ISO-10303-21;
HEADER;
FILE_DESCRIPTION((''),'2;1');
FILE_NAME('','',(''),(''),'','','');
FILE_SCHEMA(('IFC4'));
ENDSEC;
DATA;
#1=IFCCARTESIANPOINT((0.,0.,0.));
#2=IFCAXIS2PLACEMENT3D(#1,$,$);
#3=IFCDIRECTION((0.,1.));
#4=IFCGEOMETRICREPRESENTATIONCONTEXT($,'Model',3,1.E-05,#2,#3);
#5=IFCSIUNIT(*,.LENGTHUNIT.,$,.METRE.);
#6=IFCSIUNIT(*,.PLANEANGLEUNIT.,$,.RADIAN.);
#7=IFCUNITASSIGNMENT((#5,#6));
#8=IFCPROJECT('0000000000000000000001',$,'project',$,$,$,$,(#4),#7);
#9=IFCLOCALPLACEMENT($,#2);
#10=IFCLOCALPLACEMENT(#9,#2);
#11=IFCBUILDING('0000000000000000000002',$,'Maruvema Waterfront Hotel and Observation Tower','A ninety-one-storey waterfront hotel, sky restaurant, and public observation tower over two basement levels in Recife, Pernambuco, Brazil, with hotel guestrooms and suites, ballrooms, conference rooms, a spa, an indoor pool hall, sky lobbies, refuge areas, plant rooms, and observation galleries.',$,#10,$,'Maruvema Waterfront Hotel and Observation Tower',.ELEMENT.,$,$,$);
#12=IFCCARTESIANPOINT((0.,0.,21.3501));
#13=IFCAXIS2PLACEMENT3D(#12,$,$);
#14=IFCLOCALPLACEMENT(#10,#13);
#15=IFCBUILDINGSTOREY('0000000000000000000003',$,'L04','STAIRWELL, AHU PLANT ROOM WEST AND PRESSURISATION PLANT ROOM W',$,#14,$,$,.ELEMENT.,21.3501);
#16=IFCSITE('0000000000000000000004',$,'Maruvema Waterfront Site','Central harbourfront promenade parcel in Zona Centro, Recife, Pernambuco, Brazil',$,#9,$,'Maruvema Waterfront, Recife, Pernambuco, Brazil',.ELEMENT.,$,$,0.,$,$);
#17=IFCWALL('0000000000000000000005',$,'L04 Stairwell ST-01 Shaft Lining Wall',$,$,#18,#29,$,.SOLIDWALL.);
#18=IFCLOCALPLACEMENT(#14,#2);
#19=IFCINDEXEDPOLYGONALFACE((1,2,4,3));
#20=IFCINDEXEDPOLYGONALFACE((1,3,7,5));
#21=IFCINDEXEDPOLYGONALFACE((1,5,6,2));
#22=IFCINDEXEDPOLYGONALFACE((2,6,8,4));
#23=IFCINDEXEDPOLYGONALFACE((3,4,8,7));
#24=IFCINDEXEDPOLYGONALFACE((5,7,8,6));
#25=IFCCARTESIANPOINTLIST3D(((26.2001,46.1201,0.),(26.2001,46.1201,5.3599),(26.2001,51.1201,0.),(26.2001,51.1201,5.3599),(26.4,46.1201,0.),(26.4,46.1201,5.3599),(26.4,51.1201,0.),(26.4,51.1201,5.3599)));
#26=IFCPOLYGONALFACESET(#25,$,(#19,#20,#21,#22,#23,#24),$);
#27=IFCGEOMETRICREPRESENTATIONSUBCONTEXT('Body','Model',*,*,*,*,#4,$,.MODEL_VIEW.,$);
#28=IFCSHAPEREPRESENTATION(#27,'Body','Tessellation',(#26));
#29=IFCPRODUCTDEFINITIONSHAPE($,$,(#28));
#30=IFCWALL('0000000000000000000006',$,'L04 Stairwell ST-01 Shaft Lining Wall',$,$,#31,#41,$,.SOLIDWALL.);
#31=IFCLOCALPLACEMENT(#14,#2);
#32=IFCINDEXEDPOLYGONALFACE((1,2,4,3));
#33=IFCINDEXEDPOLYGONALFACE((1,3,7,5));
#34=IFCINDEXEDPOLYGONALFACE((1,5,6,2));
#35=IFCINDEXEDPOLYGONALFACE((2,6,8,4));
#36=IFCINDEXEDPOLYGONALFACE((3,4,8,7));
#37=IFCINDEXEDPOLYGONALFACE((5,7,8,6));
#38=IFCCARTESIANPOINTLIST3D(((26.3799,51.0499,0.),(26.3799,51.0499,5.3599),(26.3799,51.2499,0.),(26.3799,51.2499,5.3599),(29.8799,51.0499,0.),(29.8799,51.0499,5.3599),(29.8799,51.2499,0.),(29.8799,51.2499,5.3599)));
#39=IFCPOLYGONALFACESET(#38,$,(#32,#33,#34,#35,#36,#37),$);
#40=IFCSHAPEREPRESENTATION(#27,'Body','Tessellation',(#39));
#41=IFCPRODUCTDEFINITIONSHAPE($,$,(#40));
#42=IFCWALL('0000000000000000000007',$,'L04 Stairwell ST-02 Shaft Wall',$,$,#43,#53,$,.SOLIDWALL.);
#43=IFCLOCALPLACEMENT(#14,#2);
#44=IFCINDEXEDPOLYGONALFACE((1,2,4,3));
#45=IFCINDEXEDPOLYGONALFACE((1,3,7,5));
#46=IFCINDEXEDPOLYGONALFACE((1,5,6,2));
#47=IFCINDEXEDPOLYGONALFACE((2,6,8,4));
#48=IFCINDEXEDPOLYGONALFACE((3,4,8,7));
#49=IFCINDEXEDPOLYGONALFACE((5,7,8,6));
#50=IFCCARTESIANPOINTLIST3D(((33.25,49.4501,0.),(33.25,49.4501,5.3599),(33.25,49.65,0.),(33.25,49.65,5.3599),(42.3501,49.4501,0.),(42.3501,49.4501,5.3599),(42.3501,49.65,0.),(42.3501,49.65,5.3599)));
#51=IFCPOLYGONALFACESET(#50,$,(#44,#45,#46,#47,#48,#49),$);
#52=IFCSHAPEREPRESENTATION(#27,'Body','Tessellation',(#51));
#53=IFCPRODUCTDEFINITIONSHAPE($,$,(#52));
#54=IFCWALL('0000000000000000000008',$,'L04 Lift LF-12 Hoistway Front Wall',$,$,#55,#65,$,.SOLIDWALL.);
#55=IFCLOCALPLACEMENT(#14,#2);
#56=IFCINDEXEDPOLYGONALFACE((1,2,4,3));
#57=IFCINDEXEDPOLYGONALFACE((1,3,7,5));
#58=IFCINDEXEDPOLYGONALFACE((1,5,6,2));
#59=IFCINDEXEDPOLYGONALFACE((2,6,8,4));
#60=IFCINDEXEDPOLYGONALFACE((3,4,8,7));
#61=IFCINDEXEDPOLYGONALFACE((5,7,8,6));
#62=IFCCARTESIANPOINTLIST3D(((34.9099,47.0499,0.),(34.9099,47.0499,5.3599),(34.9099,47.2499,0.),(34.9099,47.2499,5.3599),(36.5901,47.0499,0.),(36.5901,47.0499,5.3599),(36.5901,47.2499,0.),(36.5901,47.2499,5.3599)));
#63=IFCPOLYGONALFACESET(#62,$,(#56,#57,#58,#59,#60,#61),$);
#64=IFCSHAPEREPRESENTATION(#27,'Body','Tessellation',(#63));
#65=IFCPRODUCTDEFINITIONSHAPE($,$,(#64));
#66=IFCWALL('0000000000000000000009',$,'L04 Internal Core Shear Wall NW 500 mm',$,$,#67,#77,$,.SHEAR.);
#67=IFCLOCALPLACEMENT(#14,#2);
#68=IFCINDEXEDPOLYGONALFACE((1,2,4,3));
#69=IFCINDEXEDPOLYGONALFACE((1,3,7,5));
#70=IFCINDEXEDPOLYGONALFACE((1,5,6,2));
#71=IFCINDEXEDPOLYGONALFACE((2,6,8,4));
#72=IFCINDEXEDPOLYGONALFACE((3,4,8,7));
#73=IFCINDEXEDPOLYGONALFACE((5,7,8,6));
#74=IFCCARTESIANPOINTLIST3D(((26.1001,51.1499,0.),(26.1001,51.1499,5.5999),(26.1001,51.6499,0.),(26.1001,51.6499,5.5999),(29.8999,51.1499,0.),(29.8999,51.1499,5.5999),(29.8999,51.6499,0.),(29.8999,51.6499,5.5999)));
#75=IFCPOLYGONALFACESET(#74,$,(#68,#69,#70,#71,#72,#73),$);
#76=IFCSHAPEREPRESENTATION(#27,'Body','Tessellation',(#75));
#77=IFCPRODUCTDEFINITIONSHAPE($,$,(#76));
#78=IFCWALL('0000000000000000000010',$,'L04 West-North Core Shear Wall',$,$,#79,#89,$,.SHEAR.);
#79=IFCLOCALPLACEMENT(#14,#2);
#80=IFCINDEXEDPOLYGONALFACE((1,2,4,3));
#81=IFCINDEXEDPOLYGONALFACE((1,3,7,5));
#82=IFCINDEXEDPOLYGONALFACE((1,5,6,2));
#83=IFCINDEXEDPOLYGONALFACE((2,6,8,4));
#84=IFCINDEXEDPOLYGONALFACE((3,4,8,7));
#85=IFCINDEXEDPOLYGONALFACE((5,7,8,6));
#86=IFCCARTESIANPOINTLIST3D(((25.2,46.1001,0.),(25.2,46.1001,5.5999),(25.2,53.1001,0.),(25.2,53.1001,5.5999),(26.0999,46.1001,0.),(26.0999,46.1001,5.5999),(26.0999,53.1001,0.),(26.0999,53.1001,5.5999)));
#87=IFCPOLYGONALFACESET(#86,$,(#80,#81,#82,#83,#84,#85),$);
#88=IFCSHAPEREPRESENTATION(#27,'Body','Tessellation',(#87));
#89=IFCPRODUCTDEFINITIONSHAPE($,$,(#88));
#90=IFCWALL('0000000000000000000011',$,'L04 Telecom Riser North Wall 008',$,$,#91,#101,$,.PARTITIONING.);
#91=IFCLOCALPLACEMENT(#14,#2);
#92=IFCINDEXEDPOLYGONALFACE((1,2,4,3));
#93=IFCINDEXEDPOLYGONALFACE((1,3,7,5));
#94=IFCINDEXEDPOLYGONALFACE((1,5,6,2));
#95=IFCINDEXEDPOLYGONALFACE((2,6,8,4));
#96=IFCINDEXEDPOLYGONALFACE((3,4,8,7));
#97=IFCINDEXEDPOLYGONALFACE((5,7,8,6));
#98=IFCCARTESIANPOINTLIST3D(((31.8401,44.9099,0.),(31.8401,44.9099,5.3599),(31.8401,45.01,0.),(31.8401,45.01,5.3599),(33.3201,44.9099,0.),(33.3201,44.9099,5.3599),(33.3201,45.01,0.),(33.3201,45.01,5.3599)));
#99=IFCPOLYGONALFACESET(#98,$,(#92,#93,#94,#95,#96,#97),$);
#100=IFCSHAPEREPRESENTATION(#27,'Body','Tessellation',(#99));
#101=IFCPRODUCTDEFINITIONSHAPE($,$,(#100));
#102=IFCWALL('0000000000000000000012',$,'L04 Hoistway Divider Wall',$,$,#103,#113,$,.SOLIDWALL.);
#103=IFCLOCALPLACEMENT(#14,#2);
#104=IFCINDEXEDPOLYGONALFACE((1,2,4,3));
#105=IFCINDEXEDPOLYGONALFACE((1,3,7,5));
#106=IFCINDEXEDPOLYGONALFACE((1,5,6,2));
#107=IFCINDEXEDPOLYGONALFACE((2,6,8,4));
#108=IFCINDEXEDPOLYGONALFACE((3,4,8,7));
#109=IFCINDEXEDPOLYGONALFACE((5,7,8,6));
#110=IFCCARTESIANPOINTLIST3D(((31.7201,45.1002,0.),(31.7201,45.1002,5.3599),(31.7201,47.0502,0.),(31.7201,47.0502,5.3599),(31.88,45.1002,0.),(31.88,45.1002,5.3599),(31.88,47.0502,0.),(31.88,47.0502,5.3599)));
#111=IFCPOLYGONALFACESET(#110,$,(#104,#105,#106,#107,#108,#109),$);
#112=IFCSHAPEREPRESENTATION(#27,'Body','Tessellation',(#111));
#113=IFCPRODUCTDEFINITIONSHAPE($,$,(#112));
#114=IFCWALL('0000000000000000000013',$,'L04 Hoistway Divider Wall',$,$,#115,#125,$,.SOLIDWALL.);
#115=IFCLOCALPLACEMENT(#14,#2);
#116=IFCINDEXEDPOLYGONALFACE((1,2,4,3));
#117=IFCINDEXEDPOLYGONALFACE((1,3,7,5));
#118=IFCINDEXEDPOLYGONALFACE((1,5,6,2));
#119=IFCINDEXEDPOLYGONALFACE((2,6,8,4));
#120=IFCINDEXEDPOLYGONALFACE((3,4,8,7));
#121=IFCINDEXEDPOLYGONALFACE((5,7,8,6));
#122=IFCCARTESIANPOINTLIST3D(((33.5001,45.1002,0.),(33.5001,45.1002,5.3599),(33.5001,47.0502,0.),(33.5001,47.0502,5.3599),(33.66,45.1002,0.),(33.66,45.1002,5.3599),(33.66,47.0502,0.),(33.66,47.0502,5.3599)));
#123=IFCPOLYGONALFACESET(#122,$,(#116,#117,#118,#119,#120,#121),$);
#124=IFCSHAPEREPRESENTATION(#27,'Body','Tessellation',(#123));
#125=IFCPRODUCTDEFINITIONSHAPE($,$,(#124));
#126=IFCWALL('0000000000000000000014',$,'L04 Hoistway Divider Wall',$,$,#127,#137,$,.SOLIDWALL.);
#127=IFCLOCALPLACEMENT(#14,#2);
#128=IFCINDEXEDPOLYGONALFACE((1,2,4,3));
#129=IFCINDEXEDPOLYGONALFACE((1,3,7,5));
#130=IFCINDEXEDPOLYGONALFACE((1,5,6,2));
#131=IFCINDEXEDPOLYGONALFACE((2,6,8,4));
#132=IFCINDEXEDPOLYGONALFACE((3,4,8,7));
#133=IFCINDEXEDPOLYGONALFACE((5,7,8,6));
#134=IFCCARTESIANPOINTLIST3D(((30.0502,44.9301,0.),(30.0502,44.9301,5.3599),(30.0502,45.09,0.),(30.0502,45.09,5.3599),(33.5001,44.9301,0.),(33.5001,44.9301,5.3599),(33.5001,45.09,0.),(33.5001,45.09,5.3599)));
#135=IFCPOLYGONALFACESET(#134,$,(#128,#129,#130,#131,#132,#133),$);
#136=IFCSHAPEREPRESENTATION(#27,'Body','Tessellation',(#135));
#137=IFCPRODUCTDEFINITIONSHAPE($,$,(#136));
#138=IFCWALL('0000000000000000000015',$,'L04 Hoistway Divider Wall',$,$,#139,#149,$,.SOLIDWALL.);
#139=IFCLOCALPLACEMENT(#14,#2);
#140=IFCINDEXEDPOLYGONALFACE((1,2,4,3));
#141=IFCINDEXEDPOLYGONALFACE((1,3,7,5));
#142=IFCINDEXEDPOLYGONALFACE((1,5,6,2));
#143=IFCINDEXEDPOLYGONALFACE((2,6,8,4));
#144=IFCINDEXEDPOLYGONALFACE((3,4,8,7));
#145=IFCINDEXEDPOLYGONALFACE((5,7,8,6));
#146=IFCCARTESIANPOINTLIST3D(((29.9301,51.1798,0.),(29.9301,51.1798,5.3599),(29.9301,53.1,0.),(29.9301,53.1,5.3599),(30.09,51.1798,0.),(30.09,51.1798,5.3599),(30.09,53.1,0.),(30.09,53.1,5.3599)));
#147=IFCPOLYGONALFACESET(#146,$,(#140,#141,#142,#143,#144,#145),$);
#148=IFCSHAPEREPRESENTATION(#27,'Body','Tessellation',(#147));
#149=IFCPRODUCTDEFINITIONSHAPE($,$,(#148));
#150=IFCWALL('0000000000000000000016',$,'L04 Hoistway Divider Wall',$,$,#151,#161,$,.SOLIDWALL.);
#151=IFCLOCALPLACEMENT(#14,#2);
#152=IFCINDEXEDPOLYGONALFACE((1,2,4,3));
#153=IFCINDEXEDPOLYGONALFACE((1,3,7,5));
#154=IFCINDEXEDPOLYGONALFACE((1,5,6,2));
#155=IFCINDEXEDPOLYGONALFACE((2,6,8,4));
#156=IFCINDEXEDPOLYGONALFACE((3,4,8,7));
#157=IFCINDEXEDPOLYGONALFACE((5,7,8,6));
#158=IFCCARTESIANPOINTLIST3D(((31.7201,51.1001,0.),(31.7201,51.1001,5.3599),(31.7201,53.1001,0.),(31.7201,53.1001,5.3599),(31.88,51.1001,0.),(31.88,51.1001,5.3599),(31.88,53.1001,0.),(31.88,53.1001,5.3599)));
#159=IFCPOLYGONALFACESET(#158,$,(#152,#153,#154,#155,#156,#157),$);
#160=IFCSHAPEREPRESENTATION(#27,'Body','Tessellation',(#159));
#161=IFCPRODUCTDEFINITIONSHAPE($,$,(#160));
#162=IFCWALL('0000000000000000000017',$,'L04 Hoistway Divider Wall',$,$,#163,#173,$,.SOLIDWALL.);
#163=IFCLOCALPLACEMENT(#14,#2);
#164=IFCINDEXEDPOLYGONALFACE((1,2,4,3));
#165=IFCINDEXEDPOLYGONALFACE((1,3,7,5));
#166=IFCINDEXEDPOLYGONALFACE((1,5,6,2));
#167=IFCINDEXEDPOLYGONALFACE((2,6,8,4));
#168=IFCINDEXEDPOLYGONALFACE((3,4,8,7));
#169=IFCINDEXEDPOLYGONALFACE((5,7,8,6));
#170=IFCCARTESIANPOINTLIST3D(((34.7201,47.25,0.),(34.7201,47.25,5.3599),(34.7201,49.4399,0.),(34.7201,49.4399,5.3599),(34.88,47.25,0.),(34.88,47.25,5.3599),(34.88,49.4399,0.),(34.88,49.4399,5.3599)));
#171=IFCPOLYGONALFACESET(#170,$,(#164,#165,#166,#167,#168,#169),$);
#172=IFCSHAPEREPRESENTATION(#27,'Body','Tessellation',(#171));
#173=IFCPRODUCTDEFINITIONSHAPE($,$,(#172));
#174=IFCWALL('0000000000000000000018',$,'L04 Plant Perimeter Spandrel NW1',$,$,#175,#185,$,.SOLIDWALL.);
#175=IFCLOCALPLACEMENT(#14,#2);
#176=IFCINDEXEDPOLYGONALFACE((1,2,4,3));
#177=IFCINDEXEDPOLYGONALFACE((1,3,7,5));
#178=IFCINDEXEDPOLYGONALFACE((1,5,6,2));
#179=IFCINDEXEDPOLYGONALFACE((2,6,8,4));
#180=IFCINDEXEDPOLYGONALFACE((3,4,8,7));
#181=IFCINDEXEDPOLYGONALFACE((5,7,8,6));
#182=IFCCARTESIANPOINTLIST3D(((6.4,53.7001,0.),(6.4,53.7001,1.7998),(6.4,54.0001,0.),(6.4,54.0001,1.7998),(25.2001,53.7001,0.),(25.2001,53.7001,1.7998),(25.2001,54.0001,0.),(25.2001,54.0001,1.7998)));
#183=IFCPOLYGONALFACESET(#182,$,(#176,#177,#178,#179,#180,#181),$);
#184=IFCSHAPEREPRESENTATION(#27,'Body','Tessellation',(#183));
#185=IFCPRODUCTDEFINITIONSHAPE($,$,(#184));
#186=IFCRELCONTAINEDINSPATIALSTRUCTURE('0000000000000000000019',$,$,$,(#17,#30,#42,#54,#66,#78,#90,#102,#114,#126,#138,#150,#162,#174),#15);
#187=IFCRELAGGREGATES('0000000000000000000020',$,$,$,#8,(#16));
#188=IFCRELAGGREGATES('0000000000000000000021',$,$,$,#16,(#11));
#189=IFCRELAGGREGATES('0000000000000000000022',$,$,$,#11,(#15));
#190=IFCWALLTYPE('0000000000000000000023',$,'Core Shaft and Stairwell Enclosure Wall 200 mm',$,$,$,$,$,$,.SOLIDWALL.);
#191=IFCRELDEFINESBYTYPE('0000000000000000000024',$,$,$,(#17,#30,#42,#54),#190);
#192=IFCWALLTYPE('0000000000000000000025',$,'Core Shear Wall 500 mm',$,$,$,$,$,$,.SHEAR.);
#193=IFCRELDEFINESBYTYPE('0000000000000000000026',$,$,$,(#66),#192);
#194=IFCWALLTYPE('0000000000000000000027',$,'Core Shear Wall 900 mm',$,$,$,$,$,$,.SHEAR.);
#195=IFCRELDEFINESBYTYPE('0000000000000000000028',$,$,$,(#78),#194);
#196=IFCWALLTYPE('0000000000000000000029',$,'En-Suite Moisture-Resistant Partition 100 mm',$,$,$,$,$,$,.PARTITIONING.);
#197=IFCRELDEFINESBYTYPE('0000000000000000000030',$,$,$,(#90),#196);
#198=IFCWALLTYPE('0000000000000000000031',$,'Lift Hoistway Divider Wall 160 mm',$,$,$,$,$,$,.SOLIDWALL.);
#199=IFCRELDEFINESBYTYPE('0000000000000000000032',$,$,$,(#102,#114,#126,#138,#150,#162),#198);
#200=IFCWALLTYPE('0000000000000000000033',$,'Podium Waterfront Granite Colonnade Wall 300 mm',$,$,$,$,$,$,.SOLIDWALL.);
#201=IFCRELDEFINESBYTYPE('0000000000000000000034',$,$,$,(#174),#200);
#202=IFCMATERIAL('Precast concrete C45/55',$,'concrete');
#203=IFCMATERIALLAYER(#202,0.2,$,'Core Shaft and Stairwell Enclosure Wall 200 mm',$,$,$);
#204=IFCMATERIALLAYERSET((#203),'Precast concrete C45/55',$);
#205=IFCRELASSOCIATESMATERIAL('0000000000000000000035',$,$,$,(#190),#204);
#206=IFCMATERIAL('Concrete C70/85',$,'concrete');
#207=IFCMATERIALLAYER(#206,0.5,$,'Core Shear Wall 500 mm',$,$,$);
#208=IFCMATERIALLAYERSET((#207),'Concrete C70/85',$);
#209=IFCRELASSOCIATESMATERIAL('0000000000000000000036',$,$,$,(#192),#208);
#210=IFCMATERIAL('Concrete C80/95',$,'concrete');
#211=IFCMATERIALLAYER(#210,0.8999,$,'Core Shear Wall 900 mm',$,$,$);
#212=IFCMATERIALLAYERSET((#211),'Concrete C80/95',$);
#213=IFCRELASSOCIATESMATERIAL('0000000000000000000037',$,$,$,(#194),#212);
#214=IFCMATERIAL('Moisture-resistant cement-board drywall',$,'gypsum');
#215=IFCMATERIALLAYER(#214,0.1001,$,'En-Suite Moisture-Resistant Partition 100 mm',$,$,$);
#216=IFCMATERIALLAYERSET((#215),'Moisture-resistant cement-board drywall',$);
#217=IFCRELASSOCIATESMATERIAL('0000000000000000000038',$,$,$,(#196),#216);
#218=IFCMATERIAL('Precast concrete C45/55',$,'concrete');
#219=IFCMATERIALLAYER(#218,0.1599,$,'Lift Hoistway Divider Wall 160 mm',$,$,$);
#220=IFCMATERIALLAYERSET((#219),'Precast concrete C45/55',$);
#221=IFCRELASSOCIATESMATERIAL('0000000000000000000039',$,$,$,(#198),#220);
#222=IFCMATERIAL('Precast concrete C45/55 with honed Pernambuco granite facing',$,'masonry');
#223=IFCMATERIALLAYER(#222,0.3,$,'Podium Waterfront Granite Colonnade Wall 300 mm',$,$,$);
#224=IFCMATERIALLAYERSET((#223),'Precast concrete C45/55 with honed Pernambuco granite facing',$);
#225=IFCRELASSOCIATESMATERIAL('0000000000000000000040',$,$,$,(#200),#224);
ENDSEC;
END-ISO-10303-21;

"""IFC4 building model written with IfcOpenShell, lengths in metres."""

from ifc_helpers import new_model, si_unit, direction, frame, frame_2d, origin, place, context, subcontext, project, spatial, rectangle, extrude, material, layer, layer_set, type_object, element, save


model = new_model("IFC4")

# Units and contexts
model_context = context("Model", 3, precision=1e-05, world=origin(), true_north=direction((0.0, 1.0)))
body_context = subcontext(model_context, "Body", "Model", "MODEL_VIEW")
ifc_project = project(units=[si_unit("LENGTHUNIT", "METRE"), si_unit("PLANEANGLEUNIT", "RADIAN")], contexts=[model_context])

# Site, building, storey
site_placement = place(None, origin())
site = spatial("IfcSite", under=ifc_project, at=site_placement, Name="Maruvema Waterfront Site", Description="Central harbourfront promenade parcel in Zona Centro, Recife, Pernambuco, Brazil", LongName="Maruvema Waterfront, Recife, Pernambuco, Brazil", CompositionType="ELEMENT", RefElevation=0.0)
building_placement = place(site_placement, origin())
building = spatial("IfcBuilding", under=site, at=building_placement, Name="Maruvema Waterfront Hotel and Observation Tower", Description="A ninety-one-storey waterfront hotel, sky restaurant, and public observation tower over two basement levels in Recife, Pernambuco, Brazil, with hotel guestrooms and suites, ballrooms, conference rooms, a spa, an indoor pool hall, sky lobbies, refuge areas, plant rooms, and observation galleries.", LongName="Maruvema Waterfront Hotel and Observation Tower", CompositionType="ELEMENT")
storey_placement = place(building_placement, frame((0.0, 0.0, 21.3501)))
storey = spatial("IfcBuildingStorey", under=building, at=storey_placement, Name="L04", Description="STAIRWELL, AHU PLANT ROOM WEST AND PRESSURISATION PLANT ROOM W", CompositionType="ELEMENT", Elevation=21.3501)

# Walls
ifc_material_1 = material(Name="Precast concrete C45/55", Category="concrete")
ifc_layer_1 = layer(ifc_material_1, 0.2, Name="Core Shaft and Stairwell Enclosure Wall 200 mm")
ifc_layer_set_1 = layer_set([ifc_layer_1], Name="Precast concrete C45/55")
wall_type_1 = type_object("IfcWallType", Name="Core Shaft and Stairwell Enclosure Wall 200 mm", PredefinedType="SOLIDWALL", material=ifc_layer_set_1)
wall_1_placement = place(storey_placement, frame((26.3, 46.1201, 0.0), z_axis=(0.0, 0.0, 1.0), x_axis=(0.0, 1.0, 0.0)))
element("IfcWall", 1, at=wall_1_placement, inside=storey, type_object=wall_type_1, Name="L04 Stairwell ST-01 Shaft Lining Wall", PredefinedType="SOLIDWALL", context=body_context, shape_type="SweptSolid", body=[
    extrude(rectangle(XDim=5.0, YDim=0.2, at=frame_2d((2.5, 0.0))), origin(), (0.0, 0.0, 1.0), 5.3599),
])
wall_2_placement = place(storey_placement, frame((26.3799, 51.1499, 0.0), z_axis=(0.0, 0.0, 1.0), x_axis=(1.0, 0.0, 0.0)))
element("IfcWall", 2, at=wall_2_placement, inside=storey, type_object=wall_type_1, Name="L04 Stairwell ST-01 Shaft Lining Wall", PredefinedType="SOLIDWALL", context=body_context, shape_type="SweptSolid", body=[
    extrude(rectangle(XDim=3.5, YDim=0.2, at=frame_2d((1.75, 0.0))), origin(), (0.0, 0.0, 1.0), 5.3599),
])
wall_3_placement = place(storey_placement, frame((33.25, 49.55, 0.0), z_axis=(0.0, 0.0, 1.0), x_axis=(1.0, 0.0, 0.0)))
element("IfcWall", 3, at=wall_3_placement, inside=storey, type_object=wall_type_1, Name="L04 Stairwell ST-02 Shaft Wall", PredefinedType="SOLIDWALL", context=body_context, shape_type="SweptSolid", body=[
    extrude(rectangle(XDim=9.1001, YDim=0.2, at=frame_2d((4.55, 0.0))), origin(), (0.0, 0.0, 1.0), 5.3599),
])

# Walls
wall_4_placement = place(storey_placement, frame((34.9099, 47.1499, 0.0), z_axis=(0.0, 0.0, 1.0), x_axis=(1.0, 0.0, 0.0)))
element("IfcWall", 4, at=wall_4_placement, inside=storey, type_object=wall_type_1, Name="L04 Lift LF-12 Hoistway Front Wall", PredefinedType="SOLIDWALL", context=body_context, shape_type="SweptSolid", body=[
    extrude(rectangle(XDim=1.6802, YDim=0.2, at=frame_2d((0.8401, 0.0))), origin(), (0.0, 0.0, 1.0), 5.3599),
])
ifc_material_2 = material(Name="Concrete C70/85", Category="concrete")
ifc_layer_2 = layer(ifc_material_2, 0.5, Name="Core Shear Wall 500 mm")
ifc_layer_set_2 = layer_set([ifc_layer_2], Name="Concrete C70/85")
wall_type_2 = type_object("IfcWallType", Name="Core Shear Wall 500 mm", PredefinedType="SHEAR", material=ifc_layer_set_2)
wall_5_placement = place(storey_placement, frame((26.1001, 51.3999, 0.0), z_axis=(0.0, 0.0, 1.0), x_axis=(1.0, 0.0, 0.0)))
element("IfcWall", 5, at=wall_5_placement, inside=storey, type_object=wall_type_2, Name="L04 Internal Core Shear Wall NW 500 mm", PredefinedType="SHEAR", context=body_context, shape_type="SweptSolid", body=[
    extrude(rectangle(XDim=3.7998, YDim=0.5, at=frame_2d((1.8999, 0.0))), origin(), (0.0, 0.0, 1.0), 5.5999),
])
ifc_material_3 = material(Name="Concrete C80/95", Category="concrete")
ifc_layer_3 = layer(ifc_material_3, 0.8999, Name="Core Shear Wall 900 mm")
ifc_layer_set_3 = layer_set([ifc_layer_3], Name="Concrete C80/95")
wall_type_3 = type_object("IfcWallType", Name="Core Shear Wall 900 mm", PredefinedType="SHEAR", material=ifc_layer_set_3)
wall_6_placement = place(storey_placement, frame((25.6499, 46.1001, 0.0), z_axis=(0.0, 0.0, 1.0), x_axis=(0.0, 1.0, 0.0)))
element("IfcWall", 6, at=wall_6_placement, inside=storey, type_object=wall_type_3, Name="L04 West-North Core Shear Wall", PredefinedType="SHEAR", context=body_context, shape_type="SweptSolid", body=[
    extrude(rectangle(XDim=7.0, YDim=0.8999, at=frame_2d((3.5, 0.0))), origin(), (0.0, 0.0, 1.0), 5.5999),
])
ifc_material_4 = material(Name="Moisture-resistant cement-board drywall", Category="gypsum")
ifc_layer_4 = layer(ifc_material_4, 0.1001, Name="En-Suite Moisture-Resistant Partition 100 mm")
ifc_layer_set_4 = layer_set([ifc_layer_4], Name="Moisture-resistant cement-board drywall")
wall_type_4 = type_object("IfcWallType", Name="En-Suite Moisture-Resistant Partition 100 mm", PredefinedType="PARTITIONING", material=ifc_layer_set_4)
wall_7_placement = place(storey_placement, frame((31.8401, 44.96, 0.0), z_axis=(0.0, 0.0, 1.0), x_axis=(1.0, 0.0, 0.0)))
element("IfcWall", 7, at=wall_7_placement, inside=storey, type_object=wall_type_4, Name="L04 Telecom Riser North Wall 008", PredefinedType="PARTITIONING", context=body_context, shape_type="SweptSolid", body=[
    extrude(rectangle(XDim=1.48, YDim=0.1001, at=frame_2d((0.74, 0.0))), origin(), (0.0, 0.0, 1.0), 5.3599),
])
ifc_material_5 = material(Name="Precast concrete C45/55", Category="concrete")
ifc_layer_5 = layer(ifc_material_5, 0.1599, Name="Lift Hoistway Divider Wall 160 mm")
ifc_layer_set_5 = layer_set([ifc_layer_5], Name="Precast concrete C45/55")
wall_type_5 = type_object("IfcWallType", Name="Lift Hoistway Divider Wall 160 mm", PredefinedType="SOLIDWALL", material=ifc_layer_set_5)
for number, where, z_axis, x_axis, name in (
    (8, (31.8, 45.1001, 0.0), (0.0, 0.0, 1.0), (0.0, 1.0, 0.0), "L04 Hoistway Divider Wall"),
    (9, (33.5801, 45.1001, 0.0), (0.0, 0.0, 1.0), (0.0, 1.0, 0.0), "L04 Hoistway Divider Wall"),
):
    element("IfcWall", number, at=place(storey_placement, frame(where, z_axis=z_axis, x_axis=x_axis)), inside=storey, type_object=wall_type_5, Name=name, PredefinedType="SOLIDWALL", context=body_context, shape_type="SweptSolid", body=[
        extrude(rectangle(XDim=1.95, YDim=0.1599, at=frame_2d((0.9751, 0.0))), origin(), (0.0, 0.0, 1.0), 5.3599),
    ])
wall_8_placement = place(storey_placement, frame((30.05, 45.01, 0.0), z_axis=(0.0, 0.0, 1.0), x_axis=(1.0, 0.0, 0.0)))
element("IfcWall", 10, at=wall_8_placement, inside=storey, type_object=wall_type_5, Name="L04 Hoistway Divider Wall", PredefinedType="SOLIDWALL", context=body_context, shape_type="SweptSolid", body=[
    extrude(rectangle(XDim=3.45, YDim=0.1599, at=frame_2d((1.7251, 0.0))), origin(), (0.0, 0.0, 1.0), 5.3599),
])
wall_9_placement = place(storey_placement, frame((30.01, 51.1799, 0.0), z_axis=(0.0, 0.0, 1.0), x_axis=(0.0, 1.0, 0.0)))
element("IfcWall", 11, at=wall_9_placement, inside=storey, type_object=wall_type_5, Name="L04 Hoistway Divider Wall", PredefinedType="SOLIDWALL", context=body_context, shape_type="SweptSolid", body=[
    extrude(rectangle(XDim=1.9202, YDim=0.1599, at=frame_2d((0.96, 0.0))), origin(), (0.0, 0.0, 1.0), 5.3599),
])
wall_10_placement = place(storey_placement, frame((31.8, 51.1001, 0.0), z_axis=(0.0, 0.0, 1.0), x_axis=(0.0, 1.0, 0.0)))
element("IfcWall", 12, at=wall_10_placement, inside=storey, type_object=wall_type_5, Name="L04 Hoistway Divider Wall", PredefinedType="SOLIDWALL", context=body_context, shape_type="SweptSolid", body=[
    extrude(rectangle(XDim=2.0, YDim=0.1599, at=frame_2d((1.0, 0.0))), origin(), (0.0, 0.0, 1.0), 5.3599),
])
wall_11_placement = place(storey_placement, frame((34.8, 47.25, 0.0), z_axis=(0.0, 0.0, 1.0), x_axis=(0.0, 1.0, 0.0)))
element("IfcWall", 13, at=wall_11_placement, inside=storey, type_object=wall_type_5, Name="L04 Hoistway Divider Wall", PredefinedType="SOLIDWALL", context=body_context, shape_type="SweptSolid", body=[
    extrude(rectangle(XDim=2.1899, YDim=0.1599, at=frame_2d((1.095, 0.0))), origin(), (0.0, 0.0, 1.0), 5.3599),
])
ifc_material_6 = material(Name="Precast concrete C45/55 with honed Pernambuco granite facing", Category="masonry")
ifc_layer_6 = layer(ifc_material_6, 0.3, Name="Podium Waterfront Granite Colonnade Wall 300 mm")
ifc_layer_set_6 = layer_set([ifc_layer_6], Name="Precast concrete C45/55 with honed Pernambuco granite facing")
wall_type_6 = type_object("IfcWallType", Name="Podium Waterfront Granite Colonnade Wall 300 mm", PredefinedType="SOLIDWALL", material=ifc_layer_set_6)
wall_12_placement = place(storey_placement, frame((25.2, 53.8501, 0.0), z_axis=(0.0, 0.0, 1.0), x_axis=(-1.0, 0.0, 0.0)))
element("IfcWall", 14, at=wall_12_placement, inside=storey, type_object=wall_type_6, Name="L04 Plant Perimeter Spandrel NW1", PredefinedType="SOLIDWALL", context=body_context, shape_type="SweptSolid", body=[
    extrude(rectangle(XDim=18.8, YDim=0.3, at=frame_2d((9.3999, 0.0))), origin(), (0.0, 0.0, 1.0), 1.7998),
])

save(model, "model.ifc")
